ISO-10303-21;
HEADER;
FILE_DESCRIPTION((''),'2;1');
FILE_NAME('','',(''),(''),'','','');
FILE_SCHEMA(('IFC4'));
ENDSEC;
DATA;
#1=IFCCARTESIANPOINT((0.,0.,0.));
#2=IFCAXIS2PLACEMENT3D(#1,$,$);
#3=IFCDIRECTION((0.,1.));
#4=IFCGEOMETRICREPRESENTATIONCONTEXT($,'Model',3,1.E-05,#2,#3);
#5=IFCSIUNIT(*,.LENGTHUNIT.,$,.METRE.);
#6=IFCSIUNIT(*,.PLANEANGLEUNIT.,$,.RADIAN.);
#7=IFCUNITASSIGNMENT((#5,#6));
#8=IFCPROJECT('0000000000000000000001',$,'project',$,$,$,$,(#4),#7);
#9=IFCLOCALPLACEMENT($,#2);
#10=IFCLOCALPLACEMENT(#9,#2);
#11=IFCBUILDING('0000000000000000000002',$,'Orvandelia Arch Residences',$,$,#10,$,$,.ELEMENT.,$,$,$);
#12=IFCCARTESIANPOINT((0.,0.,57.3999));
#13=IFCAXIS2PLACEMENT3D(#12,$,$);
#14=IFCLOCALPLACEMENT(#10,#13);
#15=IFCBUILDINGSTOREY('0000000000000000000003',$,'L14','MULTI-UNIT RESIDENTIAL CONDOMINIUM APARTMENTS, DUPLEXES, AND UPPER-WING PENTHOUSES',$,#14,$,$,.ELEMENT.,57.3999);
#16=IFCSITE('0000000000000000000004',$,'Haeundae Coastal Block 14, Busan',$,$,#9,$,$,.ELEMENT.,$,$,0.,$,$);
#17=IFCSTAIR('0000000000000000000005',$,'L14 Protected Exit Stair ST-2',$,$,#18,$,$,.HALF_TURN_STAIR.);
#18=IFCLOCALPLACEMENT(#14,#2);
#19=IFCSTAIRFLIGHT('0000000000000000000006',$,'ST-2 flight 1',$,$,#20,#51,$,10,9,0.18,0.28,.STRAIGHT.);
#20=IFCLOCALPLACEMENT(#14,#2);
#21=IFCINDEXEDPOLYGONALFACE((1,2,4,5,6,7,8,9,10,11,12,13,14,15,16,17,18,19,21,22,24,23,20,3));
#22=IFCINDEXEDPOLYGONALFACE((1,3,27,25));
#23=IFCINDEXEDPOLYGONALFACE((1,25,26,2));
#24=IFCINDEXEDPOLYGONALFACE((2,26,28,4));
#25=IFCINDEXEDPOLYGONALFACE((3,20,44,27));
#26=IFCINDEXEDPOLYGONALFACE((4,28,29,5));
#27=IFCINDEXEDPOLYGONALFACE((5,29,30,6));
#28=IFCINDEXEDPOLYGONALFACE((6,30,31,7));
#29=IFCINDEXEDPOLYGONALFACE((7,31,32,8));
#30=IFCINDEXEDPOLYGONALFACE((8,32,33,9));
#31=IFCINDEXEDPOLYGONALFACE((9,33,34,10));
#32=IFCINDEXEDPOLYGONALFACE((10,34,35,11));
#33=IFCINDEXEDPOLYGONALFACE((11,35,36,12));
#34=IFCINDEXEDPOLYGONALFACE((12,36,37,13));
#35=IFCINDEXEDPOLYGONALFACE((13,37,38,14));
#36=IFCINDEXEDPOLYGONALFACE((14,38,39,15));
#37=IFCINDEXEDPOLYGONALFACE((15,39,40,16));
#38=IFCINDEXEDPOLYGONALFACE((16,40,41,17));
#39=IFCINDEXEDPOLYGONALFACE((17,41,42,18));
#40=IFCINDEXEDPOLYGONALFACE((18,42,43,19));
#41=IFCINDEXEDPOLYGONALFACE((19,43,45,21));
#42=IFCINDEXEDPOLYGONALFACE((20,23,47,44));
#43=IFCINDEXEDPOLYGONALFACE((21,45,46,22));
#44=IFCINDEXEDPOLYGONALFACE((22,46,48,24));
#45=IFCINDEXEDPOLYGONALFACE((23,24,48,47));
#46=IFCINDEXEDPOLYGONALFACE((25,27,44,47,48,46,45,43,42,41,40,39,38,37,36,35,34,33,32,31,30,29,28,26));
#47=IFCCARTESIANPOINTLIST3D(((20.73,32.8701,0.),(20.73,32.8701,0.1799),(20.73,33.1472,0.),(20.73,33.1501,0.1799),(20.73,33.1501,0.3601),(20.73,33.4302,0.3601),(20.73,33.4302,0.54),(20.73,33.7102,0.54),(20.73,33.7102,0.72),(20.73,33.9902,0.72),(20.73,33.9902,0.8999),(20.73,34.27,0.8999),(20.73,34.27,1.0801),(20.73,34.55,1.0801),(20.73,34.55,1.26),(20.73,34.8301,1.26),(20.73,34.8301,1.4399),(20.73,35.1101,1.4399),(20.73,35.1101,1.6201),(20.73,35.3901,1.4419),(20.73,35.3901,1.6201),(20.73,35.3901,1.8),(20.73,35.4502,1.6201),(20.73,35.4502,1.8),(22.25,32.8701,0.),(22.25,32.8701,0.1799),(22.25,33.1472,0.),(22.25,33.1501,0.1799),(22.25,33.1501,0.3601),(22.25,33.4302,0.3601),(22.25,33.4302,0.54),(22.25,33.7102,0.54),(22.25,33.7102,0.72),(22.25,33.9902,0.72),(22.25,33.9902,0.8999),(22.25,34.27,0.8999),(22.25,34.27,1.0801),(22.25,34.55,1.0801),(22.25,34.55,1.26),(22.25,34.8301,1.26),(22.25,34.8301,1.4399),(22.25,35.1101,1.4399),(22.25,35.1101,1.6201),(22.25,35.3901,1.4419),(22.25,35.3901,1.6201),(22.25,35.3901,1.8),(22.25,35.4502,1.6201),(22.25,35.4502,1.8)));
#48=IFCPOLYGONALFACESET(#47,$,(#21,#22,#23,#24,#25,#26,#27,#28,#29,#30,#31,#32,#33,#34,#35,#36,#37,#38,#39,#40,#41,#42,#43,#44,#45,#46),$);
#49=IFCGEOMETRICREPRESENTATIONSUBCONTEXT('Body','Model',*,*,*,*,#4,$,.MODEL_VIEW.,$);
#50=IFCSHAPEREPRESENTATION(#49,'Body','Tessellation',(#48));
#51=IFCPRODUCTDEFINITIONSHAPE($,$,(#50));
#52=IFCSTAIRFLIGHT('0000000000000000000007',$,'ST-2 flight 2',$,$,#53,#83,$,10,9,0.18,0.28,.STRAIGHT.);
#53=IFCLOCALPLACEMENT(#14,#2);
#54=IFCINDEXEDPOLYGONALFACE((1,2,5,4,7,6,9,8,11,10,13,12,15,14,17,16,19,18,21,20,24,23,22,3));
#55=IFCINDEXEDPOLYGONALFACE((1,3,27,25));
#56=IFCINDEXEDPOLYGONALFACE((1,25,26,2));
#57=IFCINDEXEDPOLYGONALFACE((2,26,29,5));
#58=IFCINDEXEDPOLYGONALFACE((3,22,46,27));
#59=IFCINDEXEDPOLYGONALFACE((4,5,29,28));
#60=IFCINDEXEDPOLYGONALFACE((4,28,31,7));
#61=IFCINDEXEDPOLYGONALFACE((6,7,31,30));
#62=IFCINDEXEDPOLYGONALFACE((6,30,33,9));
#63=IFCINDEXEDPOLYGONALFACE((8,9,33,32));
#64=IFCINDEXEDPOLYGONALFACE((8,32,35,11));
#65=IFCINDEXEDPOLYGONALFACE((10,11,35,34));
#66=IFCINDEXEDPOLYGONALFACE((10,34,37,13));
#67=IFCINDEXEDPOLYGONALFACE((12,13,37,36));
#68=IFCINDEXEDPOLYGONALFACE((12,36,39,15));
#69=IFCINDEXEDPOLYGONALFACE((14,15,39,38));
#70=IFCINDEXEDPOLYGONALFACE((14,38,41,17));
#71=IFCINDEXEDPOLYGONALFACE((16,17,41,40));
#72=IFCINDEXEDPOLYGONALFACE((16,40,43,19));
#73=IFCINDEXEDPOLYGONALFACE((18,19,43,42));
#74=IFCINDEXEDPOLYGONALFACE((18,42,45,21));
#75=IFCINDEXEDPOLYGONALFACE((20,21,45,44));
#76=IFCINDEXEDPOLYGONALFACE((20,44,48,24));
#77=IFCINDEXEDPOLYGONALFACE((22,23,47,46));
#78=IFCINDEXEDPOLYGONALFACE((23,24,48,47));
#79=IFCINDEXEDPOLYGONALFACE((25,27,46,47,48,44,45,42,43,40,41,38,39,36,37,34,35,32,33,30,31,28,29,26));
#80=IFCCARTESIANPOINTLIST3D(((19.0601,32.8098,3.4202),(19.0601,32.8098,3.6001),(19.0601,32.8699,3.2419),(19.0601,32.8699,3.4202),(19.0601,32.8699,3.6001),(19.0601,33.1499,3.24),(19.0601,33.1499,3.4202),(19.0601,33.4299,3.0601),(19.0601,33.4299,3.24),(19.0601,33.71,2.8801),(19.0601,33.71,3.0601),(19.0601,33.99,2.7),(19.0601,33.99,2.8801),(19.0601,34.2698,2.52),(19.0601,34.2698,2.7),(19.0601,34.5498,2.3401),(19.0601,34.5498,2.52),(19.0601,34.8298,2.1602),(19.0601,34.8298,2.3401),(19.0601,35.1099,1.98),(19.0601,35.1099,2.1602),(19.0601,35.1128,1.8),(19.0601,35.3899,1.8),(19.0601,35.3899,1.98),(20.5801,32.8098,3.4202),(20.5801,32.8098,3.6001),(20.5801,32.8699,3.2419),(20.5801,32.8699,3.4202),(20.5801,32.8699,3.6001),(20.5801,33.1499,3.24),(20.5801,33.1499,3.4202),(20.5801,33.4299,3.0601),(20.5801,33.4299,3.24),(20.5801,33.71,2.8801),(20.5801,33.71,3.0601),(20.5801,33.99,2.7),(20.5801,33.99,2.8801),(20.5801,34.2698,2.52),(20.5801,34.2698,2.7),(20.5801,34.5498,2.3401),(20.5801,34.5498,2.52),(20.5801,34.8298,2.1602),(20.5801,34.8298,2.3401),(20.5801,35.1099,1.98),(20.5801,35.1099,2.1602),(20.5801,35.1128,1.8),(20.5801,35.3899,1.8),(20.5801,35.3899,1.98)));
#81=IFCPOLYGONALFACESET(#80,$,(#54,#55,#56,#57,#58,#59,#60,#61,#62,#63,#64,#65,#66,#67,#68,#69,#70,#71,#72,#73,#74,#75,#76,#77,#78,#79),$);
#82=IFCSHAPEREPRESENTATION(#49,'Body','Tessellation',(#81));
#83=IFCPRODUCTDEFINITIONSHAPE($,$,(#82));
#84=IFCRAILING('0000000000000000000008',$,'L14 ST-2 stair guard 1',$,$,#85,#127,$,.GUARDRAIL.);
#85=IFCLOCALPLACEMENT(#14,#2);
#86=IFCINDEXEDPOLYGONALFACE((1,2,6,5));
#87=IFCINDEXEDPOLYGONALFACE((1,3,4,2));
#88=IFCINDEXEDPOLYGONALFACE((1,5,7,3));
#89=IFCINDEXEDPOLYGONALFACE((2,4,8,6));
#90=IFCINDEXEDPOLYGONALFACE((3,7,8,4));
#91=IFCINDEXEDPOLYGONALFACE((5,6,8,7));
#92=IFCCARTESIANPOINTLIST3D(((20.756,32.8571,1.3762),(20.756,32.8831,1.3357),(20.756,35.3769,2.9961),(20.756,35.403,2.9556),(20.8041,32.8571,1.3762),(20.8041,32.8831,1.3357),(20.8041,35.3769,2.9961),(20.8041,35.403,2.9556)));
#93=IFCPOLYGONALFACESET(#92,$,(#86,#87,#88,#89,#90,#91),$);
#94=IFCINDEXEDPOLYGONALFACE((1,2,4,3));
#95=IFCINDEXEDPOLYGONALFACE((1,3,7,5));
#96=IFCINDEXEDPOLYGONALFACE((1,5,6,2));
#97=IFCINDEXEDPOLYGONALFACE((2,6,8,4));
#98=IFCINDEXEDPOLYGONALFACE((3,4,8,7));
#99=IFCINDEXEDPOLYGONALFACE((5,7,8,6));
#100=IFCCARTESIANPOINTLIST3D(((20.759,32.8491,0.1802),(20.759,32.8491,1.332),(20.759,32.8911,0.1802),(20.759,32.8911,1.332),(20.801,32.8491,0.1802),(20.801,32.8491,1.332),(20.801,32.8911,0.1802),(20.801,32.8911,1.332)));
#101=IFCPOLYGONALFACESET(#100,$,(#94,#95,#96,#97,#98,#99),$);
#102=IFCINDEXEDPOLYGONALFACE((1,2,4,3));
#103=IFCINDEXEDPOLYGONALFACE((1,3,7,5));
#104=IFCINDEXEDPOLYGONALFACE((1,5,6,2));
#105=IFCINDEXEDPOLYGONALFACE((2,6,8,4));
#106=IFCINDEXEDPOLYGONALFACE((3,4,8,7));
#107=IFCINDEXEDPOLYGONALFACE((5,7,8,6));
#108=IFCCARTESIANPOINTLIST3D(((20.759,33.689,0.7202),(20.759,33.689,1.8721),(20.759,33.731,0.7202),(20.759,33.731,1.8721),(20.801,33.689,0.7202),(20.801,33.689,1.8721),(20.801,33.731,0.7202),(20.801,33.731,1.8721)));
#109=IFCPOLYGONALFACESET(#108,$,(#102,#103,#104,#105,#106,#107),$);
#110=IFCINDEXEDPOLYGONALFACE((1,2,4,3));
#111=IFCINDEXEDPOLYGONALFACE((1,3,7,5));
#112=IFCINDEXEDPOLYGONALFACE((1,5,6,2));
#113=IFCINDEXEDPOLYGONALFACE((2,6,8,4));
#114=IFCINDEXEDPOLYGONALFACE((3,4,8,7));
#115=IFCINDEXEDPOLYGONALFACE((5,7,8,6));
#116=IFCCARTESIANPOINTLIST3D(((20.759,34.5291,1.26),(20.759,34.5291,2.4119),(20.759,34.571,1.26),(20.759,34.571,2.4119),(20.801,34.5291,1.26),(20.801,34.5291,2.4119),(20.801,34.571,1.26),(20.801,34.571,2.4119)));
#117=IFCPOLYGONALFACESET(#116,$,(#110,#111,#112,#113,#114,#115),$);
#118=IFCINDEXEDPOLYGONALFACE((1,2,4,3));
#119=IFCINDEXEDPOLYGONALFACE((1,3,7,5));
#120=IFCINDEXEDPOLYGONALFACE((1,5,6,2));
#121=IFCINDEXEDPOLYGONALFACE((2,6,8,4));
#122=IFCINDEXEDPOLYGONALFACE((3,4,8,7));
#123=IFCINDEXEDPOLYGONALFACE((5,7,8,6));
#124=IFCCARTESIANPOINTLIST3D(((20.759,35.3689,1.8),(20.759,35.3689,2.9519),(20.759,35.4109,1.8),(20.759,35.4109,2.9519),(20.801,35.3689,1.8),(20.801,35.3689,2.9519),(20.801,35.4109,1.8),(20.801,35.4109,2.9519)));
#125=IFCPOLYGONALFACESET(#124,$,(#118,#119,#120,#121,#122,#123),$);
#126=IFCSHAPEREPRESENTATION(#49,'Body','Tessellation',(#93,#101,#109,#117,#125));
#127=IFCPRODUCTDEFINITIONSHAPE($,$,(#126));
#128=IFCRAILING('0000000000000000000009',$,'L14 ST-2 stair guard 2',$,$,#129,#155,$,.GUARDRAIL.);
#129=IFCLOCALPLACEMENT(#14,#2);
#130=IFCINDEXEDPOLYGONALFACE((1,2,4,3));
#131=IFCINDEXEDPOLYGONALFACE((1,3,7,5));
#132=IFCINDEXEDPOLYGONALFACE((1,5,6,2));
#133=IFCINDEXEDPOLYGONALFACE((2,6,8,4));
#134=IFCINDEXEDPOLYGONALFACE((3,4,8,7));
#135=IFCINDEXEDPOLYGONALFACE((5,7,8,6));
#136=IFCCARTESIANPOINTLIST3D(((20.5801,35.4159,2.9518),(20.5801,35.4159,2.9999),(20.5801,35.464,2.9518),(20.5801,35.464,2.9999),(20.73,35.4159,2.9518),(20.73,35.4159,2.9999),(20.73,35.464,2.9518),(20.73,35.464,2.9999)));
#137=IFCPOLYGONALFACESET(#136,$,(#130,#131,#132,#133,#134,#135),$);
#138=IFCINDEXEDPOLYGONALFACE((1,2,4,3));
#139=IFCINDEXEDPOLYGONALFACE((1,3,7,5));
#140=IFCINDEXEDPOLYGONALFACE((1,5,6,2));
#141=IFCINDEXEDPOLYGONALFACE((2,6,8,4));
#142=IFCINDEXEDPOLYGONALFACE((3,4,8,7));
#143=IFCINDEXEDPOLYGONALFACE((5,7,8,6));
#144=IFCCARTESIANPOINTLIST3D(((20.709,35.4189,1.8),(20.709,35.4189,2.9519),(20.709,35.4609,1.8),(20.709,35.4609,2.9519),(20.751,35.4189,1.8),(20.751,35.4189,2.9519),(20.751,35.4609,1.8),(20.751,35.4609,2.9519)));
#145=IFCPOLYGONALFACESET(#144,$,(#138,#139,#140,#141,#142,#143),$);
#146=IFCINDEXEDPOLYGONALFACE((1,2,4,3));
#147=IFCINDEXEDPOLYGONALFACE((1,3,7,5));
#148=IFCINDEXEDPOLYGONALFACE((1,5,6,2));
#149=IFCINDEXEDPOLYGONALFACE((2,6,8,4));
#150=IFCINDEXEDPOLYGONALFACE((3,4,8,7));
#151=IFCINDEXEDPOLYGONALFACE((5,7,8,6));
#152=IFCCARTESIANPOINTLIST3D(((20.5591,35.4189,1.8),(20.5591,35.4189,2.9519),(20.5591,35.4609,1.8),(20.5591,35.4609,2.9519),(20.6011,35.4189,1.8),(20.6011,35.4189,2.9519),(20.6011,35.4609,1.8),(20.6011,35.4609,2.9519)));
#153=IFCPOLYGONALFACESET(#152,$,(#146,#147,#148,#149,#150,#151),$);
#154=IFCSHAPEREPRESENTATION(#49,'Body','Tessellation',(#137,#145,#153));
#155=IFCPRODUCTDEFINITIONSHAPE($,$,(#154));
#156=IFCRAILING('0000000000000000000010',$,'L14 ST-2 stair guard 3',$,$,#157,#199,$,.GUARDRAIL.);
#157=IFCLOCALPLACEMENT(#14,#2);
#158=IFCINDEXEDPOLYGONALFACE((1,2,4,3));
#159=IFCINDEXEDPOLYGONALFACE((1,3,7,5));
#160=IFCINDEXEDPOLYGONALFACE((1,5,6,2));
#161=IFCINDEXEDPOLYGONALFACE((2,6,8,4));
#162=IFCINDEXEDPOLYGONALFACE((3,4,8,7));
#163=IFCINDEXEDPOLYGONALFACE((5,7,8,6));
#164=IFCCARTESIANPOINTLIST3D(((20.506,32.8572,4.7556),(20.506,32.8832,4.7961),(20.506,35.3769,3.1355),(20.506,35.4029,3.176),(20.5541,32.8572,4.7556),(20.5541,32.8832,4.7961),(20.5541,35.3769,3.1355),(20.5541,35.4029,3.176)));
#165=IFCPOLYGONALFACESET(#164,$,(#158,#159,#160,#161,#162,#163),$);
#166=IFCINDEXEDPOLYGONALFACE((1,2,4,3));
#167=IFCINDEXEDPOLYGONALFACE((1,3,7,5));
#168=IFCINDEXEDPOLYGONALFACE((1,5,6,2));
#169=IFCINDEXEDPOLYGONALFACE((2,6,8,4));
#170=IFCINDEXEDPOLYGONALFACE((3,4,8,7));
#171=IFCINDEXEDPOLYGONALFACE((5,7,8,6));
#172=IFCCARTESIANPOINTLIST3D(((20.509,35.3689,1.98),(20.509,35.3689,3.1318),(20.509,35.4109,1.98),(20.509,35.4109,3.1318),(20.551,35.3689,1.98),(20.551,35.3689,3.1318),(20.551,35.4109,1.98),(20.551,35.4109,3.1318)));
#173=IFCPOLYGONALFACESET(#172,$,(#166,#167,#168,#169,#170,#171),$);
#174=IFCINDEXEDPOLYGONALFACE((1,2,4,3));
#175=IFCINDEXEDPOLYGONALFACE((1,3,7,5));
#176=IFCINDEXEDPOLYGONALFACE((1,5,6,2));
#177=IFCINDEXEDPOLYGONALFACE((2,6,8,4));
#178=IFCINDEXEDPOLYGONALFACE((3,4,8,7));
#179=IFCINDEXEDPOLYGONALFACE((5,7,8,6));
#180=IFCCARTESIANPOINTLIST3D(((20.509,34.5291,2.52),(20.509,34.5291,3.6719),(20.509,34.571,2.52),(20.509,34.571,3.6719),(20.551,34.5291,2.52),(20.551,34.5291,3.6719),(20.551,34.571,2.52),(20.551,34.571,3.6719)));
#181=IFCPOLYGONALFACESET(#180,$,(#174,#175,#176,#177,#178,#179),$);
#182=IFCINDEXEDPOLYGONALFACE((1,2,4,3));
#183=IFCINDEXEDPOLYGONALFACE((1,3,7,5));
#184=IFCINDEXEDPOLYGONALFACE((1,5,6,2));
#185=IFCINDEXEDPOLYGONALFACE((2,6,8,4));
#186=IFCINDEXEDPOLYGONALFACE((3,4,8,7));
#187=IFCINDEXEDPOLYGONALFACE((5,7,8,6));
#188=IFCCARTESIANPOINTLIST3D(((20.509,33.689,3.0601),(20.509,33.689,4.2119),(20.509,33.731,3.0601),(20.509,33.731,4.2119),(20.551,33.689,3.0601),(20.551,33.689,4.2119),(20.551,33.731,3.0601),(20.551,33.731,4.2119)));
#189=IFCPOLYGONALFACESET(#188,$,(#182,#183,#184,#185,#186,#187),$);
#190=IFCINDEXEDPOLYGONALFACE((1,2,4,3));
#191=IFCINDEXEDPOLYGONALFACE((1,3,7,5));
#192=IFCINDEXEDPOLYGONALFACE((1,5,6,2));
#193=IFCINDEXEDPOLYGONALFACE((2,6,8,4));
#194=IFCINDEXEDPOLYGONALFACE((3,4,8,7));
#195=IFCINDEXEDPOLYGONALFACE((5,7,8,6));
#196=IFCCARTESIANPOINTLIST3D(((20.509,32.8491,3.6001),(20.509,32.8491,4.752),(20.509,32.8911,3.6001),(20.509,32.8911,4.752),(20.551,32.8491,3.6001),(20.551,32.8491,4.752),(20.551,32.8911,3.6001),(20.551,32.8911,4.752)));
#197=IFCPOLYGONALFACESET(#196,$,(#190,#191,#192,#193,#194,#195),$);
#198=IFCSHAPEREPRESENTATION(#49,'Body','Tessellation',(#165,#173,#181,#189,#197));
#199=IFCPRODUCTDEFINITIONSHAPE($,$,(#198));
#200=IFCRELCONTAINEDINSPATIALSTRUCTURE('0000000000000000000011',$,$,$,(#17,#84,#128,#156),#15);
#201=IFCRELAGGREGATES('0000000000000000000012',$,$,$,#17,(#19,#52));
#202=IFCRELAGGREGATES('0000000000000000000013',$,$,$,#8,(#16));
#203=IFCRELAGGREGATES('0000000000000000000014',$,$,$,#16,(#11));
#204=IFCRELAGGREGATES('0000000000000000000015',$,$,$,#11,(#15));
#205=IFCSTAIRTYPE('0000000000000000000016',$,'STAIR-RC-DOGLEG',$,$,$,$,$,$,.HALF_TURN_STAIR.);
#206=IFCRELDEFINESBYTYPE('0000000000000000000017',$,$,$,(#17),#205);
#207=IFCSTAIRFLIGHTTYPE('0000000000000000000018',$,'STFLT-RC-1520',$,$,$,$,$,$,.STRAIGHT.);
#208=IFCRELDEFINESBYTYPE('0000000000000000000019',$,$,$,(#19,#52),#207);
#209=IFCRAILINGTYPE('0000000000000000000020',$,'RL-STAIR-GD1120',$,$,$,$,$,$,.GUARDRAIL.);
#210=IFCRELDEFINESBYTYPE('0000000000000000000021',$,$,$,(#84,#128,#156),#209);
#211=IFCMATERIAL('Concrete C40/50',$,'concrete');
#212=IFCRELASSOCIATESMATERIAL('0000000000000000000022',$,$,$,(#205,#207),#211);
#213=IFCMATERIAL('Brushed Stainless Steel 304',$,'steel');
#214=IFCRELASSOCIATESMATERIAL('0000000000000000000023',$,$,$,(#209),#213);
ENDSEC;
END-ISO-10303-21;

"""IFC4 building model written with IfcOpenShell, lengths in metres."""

from ifc_helpers import new_model, si_unit, direction, frame, origin, origin_2d, place, context, subcontext, project, spatial, polyline, rectangle, outline, extrude, material, type_object, element, aggregate, save


model = new_model("IFC4")

# Units and contexts
model_context = context("Model", 3, precision=1e-05, world=origin(), true_north=direction((0.0, 1.0)))
body_context = subcontext(model_context, "Body", "Model", "MODEL_VIEW")
ifc_project = project(units=[si_unit("LENGTHUNIT", "METRE"), si_unit("PLANEANGLEUNIT", "RADIAN")], contexts=[model_context])

# Site, building, storey
site_placement = place(None, origin())
site = spatial("IfcSite", under=ifc_project, at=site_placement, Name="Haeundae Coastal Block 14, Busan", CompositionType="ELEMENT", RefElevation=0.0)
building_placement = place(site_placement, origin())
building = spatial("IfcBuilding", under=site, at=building_placement, Name="Orvandelia Arch Residences", CompositionType="ELEMENT")
storey_placement = place(building_placement, frame((0.0, 0.0, 57.3999)))
storey = spatial("IfcBuildingStorey", under=building, at=storey_placement, Name="L14", Description="MULTI-UNIT RESIDENTIAL CONDOMINIUM APARTMENTS, DUPLEXES, AND UPPER-WING PENTHOUSES", CompositionType="ELEMENT", Elevation=57.3999)

# Stair, stair flights
ifc_material_1 = material(Name="Concrete C40/50", Category="concrete")
stair_type = type_object("IfcStairType", Name="STAIR-RC-DOGLEG", PredefinedType="HALF_TURN_STAIR", material=ifc_material_1)
stair_placement = place(storey_placement, origin())
stair = element("IfcStair", 1, at=stair_placement, inside=storey, type_object=stair_type, Name="L14 Protected Exit Stair ST-2", PredefinedType="HALF_TURN_STAIR")
stair_flight_type = type_object("IfcStairFlightType", Name="STFLT-RC-1520", PredefinedType="STRAIGHT", material=ifc_material_1)
stair_flight_1_placement = place(storey_placement, frame((21.49, 32.8701, 0.0), z_axis=(0.0, 0.0, 1.0), x_axis=(0.0, 1.0, 0.0)))
stair_flight_1 = element("IfcStairFlight", 2, at=stair_flight_1_placement, type_object=stair_flight_type, Name="ST-2 flight 1", NumberOfRisers=10, NumberOfTreads=9, PredefinedType="STRAIGHT", RiserHeight=0.18, TreadLength=0.28, context=body_context, shape_type="SweptSolid", body=[
    extrude(outline(polyline([(0.0, 0.0), (0.0, 0.1799), (0.28, 0.1799), (0.28, 0.3601), (0.5601, 0.3601), (0.5601, 0.54), (0.8401, 0.54), (0.8401, 0.72), (1.1201, 0.72), (1.1201, 0.8999), (1.3999, 0.8999), (1.3999, 1.0801), (1.6799, 1.0801), (1.6799, 1.26), (1.96, 1.26), (1.96, 1.4399), (2.24, 1.4399), (2.24, 1.6201), (2.52, 1.6201), (2.52, 1.8), (2.5801, 1.8), (2.5801, 1.6201), (2.52, 1.4419), (0.2771, 0.0), (0.0, 0.0)])), frame((0.0, 0.76, 0.0), z_axis=(0.0, -1.0, 0.0), x_axis=(1.0, 0.0, 0.0)), (0.0, 0.0, 1.0), 1.52),
])
stair_flight_2_placement = place(storey_placement, frame((19.8201, 35.3899, 1.8), z_axis=(0.0, 0.0, 1.0), x_axis=(0.0, -1.0, 0.0)))
stair_flight_2 = element("IfcStairFlight", 3, at=stair_flight_2_placement, type_object=stair_flight_type, Name="ST-2 flight 2", NumberOfRisers=10, NumberOfTreads=9, PredefinedType="STRAIGHT", RiserHeight=0.18, TreadLength=0.28, context=body_context, shape_type="SweptSolid", body=[
    extrude(outline(polyline([(0.0, 0.0), (0.0, 0.1799), (0.28, 0.1799), (0.28, 0.3601), (0.5601, 0.3601), (0.5601, 0.54), (0.8401, 0.54), (0.8401, 0.72), (1.1201, 0.72), (1.1201, 0.8999), (1.3999, 0.8999), (1.3999, 1.0801), (1.6799, 1.0801), (1.6799, 1.26), (1.96, 1.26), (1.96, 1.4399), (2.24, 1.4399), (2.24, 1.6201), (2.52, 1.6201), (2.52, 1.8), (2.5801, 1.8), (2.5801, 1.6201), (2.52, 1.4419), (0.2771, 0.0), (0.0, 0.0)])), frame((0.0, 0.76, 0.0), z_axis=(0.0, -1.0, 0.0), x_axis=(1.0, 0.0, 0.0)), (0.0, 0.0, 1.0), 1.52),
])
aggregate(stair, [stair_flight_1, stair_flight_2])

# Railings
ifc_material_2 = material(Name="Brushed Stainless Steel 304", Category="steel")
railing_type_1 = type_object("IfcRailingType", Name="RL-STAIR-GD1120", PredefinedType="GUARDRAIL", material=ifc_material_2)
railing_1_placement = place(storey_placement, frame((20.78, 32.8701, 0.1802)))
element("IfcRailing", 4, at=railing_1_placement, inside=storey, type_object=railing_type_1, Name="L14 ST-2 stair guard 1", PredefinedType="GUARDRAIL", context=body_context, shape_type="SweptSolid", body=[
    extrude(rectangle(XDim=0.0481, YDim=0.0481, at=origin_2d()), frame((0.0, 0.0, 1.1758), z_axis=(0.0, 0.841176, 0.540762), x_axis=(-1.0, 0.0, 0.0)), (0.0, 0.0, 1.0), 2.9956),
    extrude(rectangle(XDim=0.042, YDim=0.042, at=origin_2d()), origin(), (0.0, 0.0, 1.0), 1.1519),
    extrude(rectangle(XDim=0.042, YDim=0.042, at=origin_2d()), frame((0.0, 0.8398, 0.54)), (0.0, 0.0, 1.0), 1.1519),
    extrude(rectangle(XDim=0.042, YDim=0.042, at=origin_2d()), frame((0.0, 1.6799, 1.0798)), (0.0, 0.0, 1.0), 1.1519),
    extrude(rectangle(XDim=0.042, YDim=0.042, at=origin_2d()), frame((0.0, 2.5198, 1.6199)), (0.0, 0.0, 1.0), 1.1519),
])
railing_2_placement = place(storey_placement, frame((20.73, 35.4399, 1.8)))
element("IfcRailing", 5, at=railing_2_placement, inside=storey, type_object=railing_type_1, Name="L14 ST-2 stair guard 2", PredefinedType="GUARDRAIL", context=body_context, shape_type="SweptSolid", body=[
    extrude(rectangle(XDim=0.0481, YDim=0.0481, at=origin_2d()), frame((0.0, 0.0, 1.1758), z_axis=(-1.0, 0.0, 0.0), x_axis=(0.0, -1.0, 0.0)), (0.0, 0.0, 1.0), 0.1499),
    extrude(rectangle(XDim=0.042, YDim=0.042, at=origin_2d()), origin(), (0.0, 0.0, 1.0), 1.1519),
    extrude(rectangle(XDim=0.042, YDim=0.042, at=origin_2d()), frame((-0.1499, 0.0, 0.0)), (0.0, 0.0, 1.0), 1.1519),
])
railing_3_placement = place(storey_placement, frame((20.53, 35.3899, 1.98)))
element("IfcRailing", 6, at=railing_3_placement, inside=storey, type_object=railing_type_1, Name="L14 ST-2 stair guard 3", PredefinedType="GUARDRAIL", context=body_context, shape_type="SweptSolid", body=[
    extrude(rectangle(XDim=0.0481, YDim=0.0481, at=origin_2d()), frame((0.0, 0.0, 1.1758), z_axis=(0.0, -0.841139, 0.540819), x_axis=(1.0, 0.0, 0.0)), (0.0, 0.0, 1.0), 2.9956),
    extrude(rectangle(XDim=0.042, YDim=0.042, at=origin_2d()), origin(), (0.0, 0.0, 1.0), 1.1519),
    extrude(rectangle(XDim=0.042, YDim=0.042, at=origin_2d()), frame((0.0, -0.8398, 0.54)), (0.0, 0.0, 1.0), 1.1519),
    extrude(rectangle(XDim=0.042, YDim=0.042, at=origin_2d()), frame((0.0, -1.6799, 1.0801)), (0.0, 0.0, 1.0), 1.1519),
    extrude(rectangle(XDim=0.042, YDim=0.042, at=origin_2d()), frame((0.0, -2.5198, 1.6201)), (0.0, 0.0, 1.0), 1.1519),
])

save(model, "model.ifc")
